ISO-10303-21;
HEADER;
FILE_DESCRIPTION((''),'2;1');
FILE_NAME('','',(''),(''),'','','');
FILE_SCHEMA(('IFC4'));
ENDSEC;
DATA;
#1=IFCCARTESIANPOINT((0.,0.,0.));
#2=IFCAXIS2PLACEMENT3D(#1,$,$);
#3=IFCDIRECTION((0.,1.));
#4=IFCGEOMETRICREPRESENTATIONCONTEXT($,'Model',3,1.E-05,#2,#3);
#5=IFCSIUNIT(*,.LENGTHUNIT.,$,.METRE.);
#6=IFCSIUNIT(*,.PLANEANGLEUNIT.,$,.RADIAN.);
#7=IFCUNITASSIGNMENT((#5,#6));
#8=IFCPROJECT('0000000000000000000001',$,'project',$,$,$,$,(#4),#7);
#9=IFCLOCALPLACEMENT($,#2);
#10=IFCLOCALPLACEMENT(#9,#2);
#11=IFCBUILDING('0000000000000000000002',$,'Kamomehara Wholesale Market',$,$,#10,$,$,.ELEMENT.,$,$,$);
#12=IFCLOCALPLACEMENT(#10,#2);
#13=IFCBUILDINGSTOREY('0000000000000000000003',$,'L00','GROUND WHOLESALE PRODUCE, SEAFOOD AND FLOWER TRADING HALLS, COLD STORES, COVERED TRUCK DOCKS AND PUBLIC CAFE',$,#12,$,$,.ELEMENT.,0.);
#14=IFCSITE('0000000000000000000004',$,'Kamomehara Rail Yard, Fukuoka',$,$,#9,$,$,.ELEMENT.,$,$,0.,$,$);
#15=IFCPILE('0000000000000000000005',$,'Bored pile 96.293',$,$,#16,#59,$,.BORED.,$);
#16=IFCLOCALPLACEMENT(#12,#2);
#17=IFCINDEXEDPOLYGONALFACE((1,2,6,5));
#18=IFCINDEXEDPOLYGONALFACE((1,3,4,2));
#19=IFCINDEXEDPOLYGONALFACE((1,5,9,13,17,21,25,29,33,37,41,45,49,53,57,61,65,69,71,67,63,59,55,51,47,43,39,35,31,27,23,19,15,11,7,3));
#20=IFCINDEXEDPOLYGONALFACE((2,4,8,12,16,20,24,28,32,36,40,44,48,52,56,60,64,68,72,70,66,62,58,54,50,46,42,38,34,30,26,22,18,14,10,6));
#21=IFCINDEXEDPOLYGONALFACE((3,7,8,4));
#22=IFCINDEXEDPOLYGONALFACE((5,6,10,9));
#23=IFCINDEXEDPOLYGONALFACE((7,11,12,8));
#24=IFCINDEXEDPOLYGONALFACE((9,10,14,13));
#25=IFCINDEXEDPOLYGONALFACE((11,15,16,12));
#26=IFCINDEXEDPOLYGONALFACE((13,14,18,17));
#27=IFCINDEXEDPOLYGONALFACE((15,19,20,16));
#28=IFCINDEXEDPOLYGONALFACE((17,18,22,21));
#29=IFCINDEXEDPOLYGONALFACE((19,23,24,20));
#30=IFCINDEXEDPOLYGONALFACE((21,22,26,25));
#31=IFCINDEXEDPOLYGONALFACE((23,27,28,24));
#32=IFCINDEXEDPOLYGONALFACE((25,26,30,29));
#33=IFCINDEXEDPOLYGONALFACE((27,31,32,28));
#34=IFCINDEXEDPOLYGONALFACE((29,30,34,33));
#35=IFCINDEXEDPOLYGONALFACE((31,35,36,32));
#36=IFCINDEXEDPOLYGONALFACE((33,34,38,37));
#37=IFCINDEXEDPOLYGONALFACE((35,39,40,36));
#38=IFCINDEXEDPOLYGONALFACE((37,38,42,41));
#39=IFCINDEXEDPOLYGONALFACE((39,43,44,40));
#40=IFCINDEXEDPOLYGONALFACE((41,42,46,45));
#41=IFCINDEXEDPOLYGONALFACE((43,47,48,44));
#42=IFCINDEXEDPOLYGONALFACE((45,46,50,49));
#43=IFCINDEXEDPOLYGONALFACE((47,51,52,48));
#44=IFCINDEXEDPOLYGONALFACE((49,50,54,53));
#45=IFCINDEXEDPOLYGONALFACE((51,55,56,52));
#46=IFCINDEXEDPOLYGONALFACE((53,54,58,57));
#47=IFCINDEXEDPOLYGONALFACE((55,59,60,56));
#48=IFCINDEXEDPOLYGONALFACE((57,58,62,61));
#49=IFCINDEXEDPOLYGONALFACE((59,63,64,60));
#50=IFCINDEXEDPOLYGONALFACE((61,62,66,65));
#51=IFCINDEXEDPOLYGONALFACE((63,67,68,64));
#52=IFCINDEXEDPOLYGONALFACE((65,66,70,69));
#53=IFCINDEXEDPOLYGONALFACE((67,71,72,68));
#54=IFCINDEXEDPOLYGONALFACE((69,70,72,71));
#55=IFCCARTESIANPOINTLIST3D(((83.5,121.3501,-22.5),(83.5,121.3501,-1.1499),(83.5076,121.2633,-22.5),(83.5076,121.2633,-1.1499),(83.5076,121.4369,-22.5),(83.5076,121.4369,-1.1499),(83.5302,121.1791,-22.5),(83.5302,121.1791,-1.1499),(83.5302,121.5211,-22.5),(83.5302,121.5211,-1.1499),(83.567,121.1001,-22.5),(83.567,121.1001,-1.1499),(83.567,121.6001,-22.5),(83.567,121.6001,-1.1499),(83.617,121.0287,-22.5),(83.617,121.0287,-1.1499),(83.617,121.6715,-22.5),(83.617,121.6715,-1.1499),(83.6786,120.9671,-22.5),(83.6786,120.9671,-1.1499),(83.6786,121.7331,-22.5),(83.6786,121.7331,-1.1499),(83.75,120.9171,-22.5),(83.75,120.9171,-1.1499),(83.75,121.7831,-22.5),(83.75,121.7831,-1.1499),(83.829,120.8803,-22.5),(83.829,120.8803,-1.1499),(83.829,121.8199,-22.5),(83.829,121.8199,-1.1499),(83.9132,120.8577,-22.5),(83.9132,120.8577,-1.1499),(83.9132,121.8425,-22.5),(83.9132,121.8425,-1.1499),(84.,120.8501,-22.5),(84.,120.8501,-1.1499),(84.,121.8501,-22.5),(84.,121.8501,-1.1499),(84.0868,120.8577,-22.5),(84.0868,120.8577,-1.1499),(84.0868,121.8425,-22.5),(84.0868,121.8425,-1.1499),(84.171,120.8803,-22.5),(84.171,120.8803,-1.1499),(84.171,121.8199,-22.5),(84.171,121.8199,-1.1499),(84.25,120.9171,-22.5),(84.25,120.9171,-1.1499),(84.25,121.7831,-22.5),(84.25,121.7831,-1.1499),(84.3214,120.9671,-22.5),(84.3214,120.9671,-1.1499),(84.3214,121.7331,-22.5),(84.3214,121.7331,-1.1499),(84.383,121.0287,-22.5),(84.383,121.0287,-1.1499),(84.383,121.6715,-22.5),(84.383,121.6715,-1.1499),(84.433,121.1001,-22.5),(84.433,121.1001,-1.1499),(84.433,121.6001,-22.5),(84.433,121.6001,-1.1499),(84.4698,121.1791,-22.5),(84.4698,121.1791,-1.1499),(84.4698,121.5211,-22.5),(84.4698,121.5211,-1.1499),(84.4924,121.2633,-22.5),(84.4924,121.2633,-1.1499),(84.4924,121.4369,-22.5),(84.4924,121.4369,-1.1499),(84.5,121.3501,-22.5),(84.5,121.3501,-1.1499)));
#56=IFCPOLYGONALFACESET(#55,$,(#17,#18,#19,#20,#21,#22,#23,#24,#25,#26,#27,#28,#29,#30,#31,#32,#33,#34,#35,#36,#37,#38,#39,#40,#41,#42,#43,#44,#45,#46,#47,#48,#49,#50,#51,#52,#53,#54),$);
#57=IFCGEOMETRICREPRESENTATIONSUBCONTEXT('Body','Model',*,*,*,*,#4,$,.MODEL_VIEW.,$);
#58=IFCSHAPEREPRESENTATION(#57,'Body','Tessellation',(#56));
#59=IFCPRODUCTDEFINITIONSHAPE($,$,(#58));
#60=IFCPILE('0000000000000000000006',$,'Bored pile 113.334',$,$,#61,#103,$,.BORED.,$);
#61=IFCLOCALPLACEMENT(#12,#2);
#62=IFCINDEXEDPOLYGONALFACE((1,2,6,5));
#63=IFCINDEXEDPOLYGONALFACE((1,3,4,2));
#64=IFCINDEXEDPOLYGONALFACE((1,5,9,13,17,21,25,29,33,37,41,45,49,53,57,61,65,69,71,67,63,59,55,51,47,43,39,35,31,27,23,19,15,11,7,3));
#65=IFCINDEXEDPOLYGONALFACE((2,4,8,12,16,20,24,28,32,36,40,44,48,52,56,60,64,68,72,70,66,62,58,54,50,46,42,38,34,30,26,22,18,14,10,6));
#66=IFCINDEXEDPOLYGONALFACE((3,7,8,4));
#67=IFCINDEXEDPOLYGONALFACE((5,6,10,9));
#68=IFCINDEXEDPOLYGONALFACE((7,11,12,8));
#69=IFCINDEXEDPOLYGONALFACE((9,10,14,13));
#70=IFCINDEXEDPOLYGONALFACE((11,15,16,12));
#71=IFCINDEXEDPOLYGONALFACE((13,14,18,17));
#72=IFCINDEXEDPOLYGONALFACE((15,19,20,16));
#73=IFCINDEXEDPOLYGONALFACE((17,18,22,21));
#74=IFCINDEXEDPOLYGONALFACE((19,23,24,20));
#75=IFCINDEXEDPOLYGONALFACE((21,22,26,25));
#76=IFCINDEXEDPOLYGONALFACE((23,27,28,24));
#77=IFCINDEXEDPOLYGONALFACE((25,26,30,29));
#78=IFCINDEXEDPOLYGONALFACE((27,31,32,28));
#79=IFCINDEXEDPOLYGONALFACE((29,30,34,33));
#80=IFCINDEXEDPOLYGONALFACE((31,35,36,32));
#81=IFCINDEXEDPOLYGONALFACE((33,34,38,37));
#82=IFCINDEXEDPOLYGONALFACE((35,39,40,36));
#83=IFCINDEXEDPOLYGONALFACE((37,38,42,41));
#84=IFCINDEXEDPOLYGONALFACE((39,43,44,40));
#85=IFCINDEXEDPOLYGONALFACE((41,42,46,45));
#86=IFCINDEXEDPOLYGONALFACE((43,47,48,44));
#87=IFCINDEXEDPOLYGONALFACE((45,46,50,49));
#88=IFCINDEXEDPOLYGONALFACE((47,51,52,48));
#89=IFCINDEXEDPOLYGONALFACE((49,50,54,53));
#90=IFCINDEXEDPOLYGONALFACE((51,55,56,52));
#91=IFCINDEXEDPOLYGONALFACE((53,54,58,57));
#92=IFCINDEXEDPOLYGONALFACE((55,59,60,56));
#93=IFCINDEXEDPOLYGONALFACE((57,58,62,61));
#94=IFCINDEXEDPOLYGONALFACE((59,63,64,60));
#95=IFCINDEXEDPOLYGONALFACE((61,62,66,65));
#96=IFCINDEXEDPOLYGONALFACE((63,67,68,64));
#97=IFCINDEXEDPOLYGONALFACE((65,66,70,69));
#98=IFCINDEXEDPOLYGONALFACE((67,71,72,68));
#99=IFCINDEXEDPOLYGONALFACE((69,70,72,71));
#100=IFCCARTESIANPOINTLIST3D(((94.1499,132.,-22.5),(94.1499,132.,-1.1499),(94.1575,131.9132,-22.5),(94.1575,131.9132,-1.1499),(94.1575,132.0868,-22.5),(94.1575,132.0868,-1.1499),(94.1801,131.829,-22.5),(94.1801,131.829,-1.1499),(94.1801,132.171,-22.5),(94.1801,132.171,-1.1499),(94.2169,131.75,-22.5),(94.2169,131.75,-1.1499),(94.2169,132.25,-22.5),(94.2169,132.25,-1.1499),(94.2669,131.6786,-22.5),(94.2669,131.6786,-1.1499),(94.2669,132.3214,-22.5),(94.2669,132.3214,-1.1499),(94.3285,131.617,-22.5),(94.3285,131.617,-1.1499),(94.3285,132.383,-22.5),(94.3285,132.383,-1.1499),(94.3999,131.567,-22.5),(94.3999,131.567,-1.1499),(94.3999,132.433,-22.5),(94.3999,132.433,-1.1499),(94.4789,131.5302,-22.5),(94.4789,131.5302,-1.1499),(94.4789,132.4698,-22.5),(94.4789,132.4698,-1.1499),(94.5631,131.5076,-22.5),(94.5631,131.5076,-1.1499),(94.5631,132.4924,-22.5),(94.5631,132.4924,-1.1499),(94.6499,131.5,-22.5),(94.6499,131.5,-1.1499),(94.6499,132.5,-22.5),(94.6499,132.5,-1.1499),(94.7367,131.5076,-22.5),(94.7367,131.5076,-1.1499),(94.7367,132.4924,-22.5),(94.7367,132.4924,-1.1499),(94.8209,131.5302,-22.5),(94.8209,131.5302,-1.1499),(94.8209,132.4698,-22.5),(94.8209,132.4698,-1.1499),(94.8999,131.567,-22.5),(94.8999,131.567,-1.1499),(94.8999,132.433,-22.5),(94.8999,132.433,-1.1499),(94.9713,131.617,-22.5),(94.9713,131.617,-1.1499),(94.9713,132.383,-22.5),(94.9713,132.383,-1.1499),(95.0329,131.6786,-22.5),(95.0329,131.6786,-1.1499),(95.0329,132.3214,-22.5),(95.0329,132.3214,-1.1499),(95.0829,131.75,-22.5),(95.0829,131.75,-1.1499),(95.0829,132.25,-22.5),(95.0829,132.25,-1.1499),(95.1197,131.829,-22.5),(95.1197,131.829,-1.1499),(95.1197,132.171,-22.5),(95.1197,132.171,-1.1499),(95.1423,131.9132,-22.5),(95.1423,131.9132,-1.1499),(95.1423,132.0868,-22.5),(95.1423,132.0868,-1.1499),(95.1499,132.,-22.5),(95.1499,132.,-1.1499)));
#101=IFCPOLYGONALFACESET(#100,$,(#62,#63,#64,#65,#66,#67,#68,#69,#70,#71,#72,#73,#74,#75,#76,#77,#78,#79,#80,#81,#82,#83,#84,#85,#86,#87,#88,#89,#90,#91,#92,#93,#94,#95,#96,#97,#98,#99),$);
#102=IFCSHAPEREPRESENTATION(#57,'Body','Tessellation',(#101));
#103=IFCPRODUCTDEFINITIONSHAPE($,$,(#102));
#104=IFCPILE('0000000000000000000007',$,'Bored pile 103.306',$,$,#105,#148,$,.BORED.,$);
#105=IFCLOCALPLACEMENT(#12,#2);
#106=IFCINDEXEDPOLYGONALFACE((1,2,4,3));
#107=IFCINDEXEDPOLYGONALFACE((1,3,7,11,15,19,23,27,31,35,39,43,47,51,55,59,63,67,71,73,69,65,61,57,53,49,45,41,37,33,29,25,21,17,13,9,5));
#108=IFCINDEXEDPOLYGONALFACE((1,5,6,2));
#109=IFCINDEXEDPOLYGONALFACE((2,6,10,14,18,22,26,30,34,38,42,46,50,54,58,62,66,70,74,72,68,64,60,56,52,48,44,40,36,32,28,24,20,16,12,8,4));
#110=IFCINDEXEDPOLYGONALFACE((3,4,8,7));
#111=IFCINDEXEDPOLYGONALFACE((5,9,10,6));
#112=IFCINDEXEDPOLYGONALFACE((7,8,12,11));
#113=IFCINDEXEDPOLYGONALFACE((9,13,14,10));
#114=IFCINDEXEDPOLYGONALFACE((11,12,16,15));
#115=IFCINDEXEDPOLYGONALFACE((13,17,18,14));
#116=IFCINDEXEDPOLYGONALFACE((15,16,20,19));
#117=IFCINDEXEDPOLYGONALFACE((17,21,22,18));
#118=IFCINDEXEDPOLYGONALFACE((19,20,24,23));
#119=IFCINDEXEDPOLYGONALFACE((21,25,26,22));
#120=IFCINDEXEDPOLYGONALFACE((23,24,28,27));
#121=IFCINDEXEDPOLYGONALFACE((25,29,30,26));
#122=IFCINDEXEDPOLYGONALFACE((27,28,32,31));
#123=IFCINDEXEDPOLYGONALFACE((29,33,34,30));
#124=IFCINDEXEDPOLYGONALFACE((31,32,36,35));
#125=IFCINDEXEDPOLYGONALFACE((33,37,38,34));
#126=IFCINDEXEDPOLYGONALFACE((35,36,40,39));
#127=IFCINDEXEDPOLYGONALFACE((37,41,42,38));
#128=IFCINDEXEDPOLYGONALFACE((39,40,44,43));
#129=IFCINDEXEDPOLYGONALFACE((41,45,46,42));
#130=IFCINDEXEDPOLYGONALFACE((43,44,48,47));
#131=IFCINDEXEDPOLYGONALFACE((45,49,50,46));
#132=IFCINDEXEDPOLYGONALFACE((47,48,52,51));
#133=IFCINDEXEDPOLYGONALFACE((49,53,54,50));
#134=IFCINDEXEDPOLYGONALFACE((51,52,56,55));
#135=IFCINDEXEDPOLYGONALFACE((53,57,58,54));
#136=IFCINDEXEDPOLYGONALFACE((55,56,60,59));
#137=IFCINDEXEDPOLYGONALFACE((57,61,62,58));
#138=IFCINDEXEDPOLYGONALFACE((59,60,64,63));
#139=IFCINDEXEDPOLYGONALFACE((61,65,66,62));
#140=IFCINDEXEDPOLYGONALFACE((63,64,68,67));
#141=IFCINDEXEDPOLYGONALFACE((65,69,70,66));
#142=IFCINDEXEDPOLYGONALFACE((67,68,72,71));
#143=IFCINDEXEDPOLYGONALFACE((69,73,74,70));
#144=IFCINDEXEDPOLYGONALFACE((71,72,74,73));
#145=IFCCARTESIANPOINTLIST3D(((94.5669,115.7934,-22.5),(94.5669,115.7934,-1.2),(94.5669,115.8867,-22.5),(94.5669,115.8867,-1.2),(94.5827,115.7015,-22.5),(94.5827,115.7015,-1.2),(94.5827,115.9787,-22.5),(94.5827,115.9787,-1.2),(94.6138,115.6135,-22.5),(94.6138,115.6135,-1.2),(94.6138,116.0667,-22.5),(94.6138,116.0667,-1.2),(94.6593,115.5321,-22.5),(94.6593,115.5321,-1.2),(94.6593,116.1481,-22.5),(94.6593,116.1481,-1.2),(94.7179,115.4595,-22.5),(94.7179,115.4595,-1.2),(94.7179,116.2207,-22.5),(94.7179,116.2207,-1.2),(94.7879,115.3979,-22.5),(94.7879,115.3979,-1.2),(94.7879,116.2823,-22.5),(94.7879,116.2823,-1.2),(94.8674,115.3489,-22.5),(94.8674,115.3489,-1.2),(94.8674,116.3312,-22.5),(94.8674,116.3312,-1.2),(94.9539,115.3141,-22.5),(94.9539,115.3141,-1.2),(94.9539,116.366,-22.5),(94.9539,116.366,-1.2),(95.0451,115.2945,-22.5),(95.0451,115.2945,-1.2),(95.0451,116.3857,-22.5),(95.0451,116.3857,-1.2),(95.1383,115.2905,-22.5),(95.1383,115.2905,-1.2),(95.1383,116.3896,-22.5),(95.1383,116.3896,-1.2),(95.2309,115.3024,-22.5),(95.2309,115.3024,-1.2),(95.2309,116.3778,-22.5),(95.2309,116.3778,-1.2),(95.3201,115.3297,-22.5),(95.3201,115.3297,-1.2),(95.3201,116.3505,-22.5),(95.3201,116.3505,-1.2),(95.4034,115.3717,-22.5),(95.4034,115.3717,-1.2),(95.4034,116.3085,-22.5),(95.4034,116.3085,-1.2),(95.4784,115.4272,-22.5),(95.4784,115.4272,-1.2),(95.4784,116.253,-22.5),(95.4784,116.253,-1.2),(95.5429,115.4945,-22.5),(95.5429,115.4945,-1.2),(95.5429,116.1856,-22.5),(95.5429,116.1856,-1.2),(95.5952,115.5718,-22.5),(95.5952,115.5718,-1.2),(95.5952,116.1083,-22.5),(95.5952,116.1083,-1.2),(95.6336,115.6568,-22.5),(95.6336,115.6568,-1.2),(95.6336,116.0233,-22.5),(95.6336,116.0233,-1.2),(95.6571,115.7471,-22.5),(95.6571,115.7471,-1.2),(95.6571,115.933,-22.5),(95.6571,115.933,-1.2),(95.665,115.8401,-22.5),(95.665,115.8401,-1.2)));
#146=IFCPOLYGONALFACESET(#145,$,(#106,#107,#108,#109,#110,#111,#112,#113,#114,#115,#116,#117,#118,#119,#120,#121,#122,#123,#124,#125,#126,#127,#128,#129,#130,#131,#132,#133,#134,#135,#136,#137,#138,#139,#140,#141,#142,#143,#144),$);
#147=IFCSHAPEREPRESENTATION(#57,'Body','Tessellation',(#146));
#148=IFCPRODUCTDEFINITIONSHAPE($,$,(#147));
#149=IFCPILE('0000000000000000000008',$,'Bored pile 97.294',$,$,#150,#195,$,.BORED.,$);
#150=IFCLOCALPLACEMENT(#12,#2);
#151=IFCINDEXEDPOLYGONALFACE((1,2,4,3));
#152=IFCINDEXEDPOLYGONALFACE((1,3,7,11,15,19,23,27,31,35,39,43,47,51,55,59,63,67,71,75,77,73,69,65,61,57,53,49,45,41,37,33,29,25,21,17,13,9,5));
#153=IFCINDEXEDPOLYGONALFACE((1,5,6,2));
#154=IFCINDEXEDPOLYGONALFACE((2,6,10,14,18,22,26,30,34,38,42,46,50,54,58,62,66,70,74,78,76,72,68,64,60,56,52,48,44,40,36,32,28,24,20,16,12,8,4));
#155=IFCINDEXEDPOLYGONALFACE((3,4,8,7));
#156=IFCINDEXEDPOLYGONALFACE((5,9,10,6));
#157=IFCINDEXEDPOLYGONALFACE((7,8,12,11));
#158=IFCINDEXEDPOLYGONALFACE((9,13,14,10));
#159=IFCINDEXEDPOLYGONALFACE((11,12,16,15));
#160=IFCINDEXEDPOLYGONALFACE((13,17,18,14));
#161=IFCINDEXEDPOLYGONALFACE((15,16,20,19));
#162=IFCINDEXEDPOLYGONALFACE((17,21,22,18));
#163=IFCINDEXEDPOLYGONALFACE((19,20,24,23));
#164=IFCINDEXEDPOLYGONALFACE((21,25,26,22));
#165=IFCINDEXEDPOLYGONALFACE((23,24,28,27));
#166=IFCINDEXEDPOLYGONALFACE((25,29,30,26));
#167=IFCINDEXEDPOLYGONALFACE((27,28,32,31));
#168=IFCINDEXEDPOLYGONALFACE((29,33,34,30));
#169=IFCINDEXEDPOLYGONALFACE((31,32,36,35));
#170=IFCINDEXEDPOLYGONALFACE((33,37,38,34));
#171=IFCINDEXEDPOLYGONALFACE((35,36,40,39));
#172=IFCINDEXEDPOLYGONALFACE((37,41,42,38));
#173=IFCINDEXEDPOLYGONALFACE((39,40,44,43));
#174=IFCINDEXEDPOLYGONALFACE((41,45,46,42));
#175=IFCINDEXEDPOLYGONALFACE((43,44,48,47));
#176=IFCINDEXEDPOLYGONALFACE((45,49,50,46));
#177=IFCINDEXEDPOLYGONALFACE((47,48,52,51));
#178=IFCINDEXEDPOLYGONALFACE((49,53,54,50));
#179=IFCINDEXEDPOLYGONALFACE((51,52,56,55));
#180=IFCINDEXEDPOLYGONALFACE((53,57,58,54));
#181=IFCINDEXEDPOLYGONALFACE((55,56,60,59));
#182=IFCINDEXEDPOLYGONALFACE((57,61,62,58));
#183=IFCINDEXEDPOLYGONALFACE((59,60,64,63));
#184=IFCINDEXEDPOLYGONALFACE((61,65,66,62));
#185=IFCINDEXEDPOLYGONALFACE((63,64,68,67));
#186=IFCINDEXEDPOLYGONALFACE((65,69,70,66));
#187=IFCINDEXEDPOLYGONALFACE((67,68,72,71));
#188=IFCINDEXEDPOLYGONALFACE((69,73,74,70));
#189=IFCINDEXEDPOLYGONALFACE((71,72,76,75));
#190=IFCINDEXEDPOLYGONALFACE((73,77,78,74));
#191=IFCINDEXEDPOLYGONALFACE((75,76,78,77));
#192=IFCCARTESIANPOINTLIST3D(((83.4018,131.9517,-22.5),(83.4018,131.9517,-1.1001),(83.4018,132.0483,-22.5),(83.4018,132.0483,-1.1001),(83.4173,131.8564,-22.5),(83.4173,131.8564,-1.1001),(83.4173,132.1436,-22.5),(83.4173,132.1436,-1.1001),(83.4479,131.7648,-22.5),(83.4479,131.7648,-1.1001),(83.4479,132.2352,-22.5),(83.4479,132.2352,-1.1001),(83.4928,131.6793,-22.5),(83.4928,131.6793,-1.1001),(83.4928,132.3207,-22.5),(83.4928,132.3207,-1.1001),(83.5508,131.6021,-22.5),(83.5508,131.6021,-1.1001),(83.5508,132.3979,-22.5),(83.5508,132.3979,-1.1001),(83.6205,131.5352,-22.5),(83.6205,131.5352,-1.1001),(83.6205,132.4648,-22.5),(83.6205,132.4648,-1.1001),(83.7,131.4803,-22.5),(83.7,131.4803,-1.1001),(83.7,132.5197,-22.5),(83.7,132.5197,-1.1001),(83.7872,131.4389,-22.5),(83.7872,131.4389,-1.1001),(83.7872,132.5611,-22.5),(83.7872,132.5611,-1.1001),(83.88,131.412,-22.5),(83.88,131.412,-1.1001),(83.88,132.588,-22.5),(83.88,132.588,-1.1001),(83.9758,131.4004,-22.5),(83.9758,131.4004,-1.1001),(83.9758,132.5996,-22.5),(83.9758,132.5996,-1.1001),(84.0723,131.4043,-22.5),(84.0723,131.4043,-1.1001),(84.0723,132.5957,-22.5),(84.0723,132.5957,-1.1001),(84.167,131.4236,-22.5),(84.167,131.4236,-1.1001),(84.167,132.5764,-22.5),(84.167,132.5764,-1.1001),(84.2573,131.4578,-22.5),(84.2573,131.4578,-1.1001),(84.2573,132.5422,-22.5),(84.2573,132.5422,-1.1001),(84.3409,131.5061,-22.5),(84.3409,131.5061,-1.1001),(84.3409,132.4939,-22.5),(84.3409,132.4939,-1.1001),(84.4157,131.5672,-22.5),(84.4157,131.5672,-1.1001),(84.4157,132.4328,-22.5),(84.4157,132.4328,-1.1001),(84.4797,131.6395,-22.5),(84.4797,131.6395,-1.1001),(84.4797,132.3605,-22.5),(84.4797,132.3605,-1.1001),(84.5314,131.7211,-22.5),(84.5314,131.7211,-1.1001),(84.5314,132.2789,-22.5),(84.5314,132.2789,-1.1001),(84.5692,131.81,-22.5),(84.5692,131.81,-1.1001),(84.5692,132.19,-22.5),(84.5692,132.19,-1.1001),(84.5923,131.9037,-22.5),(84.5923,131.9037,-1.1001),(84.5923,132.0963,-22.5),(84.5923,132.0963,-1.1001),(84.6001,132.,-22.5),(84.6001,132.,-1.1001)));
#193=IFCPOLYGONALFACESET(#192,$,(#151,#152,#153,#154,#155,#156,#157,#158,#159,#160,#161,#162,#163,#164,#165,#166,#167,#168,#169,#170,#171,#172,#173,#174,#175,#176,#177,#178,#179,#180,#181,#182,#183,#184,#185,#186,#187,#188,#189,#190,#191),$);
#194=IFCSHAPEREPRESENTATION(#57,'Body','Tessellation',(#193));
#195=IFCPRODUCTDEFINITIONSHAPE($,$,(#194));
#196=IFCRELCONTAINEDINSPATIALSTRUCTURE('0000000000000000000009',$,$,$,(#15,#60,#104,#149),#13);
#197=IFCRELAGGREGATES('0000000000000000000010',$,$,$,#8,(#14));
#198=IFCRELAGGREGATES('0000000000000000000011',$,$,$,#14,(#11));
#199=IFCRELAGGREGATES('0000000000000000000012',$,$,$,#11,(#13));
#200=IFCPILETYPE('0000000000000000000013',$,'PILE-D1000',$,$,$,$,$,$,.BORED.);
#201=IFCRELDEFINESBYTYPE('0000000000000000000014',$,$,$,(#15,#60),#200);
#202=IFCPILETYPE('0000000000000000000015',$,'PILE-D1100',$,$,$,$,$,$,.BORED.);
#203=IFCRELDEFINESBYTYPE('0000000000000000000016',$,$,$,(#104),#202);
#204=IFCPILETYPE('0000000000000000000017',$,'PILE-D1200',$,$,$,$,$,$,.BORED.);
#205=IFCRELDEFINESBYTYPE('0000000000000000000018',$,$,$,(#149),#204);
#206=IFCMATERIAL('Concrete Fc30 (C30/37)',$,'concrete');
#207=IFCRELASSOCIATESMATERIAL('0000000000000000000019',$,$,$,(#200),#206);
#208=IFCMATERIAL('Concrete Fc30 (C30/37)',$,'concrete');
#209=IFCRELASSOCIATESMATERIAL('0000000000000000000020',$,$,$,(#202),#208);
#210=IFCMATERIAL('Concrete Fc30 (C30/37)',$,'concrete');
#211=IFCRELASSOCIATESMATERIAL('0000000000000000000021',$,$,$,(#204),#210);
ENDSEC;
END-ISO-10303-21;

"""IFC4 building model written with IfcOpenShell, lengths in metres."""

from ifc_helpers import new_model, si_unit, direction, frame, origin, origin_2d, place, context, subcontext, project, spatial, circle, extrude, material, material_profile, profile_set, type_object, element, save


model = new_model("IFC4")

# Units and contexts
model_context = context("Model", 3, precision=1e-05, world=origin(), true_north=direction((0.0, 1.0)))
body_context = subcontext(model_context, "Body", "Model", "MODEL_VIEW")
ifc_project = project(units=[si_unit("LENGTHUNIT", "METRE"), si_unit("PLANEANGLEUNIT", "RADIAN")], contexts=[model_context])

# Site, building, storey
site_placement = place(None, origin())
site = spatial("IfcSite", under=ifc_project, at=site_placement, Name="Kamomehara Rail Yard, Fukuoka", CompositionType="ELEMENT", RefElevation=0.0)
building_placement = place(site_placement, origin())
building = spatial("IfcBuilding", under=site, at=building_placement, Name="Kamomehara Wholesale Market", CompositionType="ELEMENT")
storey_placement = place(building_placement, origin())
storey = spatial("IfcBuildingStorey", under=building, at=storey_placement, Name="L00", Description="GROUND WHOLESALE PRODUCE, SEAFOOD AND FLOWER TRADING HALLS, COLD STORES, COVERED TRUCK DOCKS AND PUBLIC CAFE", CompositionType="ELEMENT", Elevation=0.0)

# Piles
ifc_material_1 = material(Name="Concrete Fc30 (C30/37)", Category="concrete")
ifc_material_profile_1 = material_profile(ifc_material_1, circle(Radius=0.5, at=origin_2d()), Name="RC-PILE-D1000")
ifc_profile_set_1 = profile_set([ifc_material_profile_1], Name="Concrete Fc30 (C30/37)")
pile_type_1 = type_object("IfcPileType", Name="PILE-D1000", PredefinedType="BORED", material=ifc_profile_set_1)
for number, where, z_axis, x_axis, name in (
    (1, (84.0, 121.3501, -1.1499), (0.0, 0.0, -1.0), (1.0, 0.0, 0.0), "Bored pile 96.293"),
    (2, (94.6499, 132.0, -1.1499), (0.0, 0.0, -1.0), (1.0, 0.0, 0.0), "Bored pile 113.334"),
):
    element("IfcPile", number, at=place(storey_placement, frame(where, z_axis=z_axis, x_axis=x_axis)), inside=storey, type_object=pile_type_1, Name=name, PredefinedType="BORED", context=body_context, shape_type="SweptSolid", body=[
        extrude(circle(Radius=0.5, at=origin_2d()), origin(), (0.0, 0.0, 1.0), 21.3501),
    ])
ifc_material_2 = material(Name="Concrete Fc30 (C30/37)", Category="concrete")
ifc_material_profile_2 = material_profile(ifc_material_2, circle(Radius=0.55, at=origin_2d()), Name="RC-PILE-D1100")
ifc_profile_set_2 = profile_set([ifc_material_profile_2], Name="Concrete Fc30 (C30/37)")
pile_type_2 = type_object("IfcPileType", Name="PILE-D1100", PredefinedType="BORED", material=ifc_profile_set_2)
pile_placement = place(storey_placement, frame((95.115, 115.8401, -1.2), z_axis=(0.0, 0.0, -1.0), x_axis=(1.0, 0.0, 0.0)))
element("IfcPile", 3, at=pile_placement, inside=storey, type_object=pile_type_2, Name="Bored pile 103.306", PredefinedType="BORED", context=body_context, shape_type="SweptSolid", body=[
    extrude(circle(Radius=0.55, at=origin_2d()), origin(), (0.0, 0.0, 1.0), 21.3),
])
ifc_material_3 = material(Name="Concrete Fc30 (C30/37)", Category="concrete")
ifc_material_profile_3 = material_profile(ifc_material_3, circle(Radius=0.6001, at=origin_2d()), Name="RC-PILE-D1200")
ifc_profile_set_3 = profile_set([ifc_material_profile_3], Name="Concrete Fc30 (C30/37)")
pile_type_3 = type_object("IfcPileType", Name="PILE-D1200", PredefinedType="BORED", material=ifc_profile_set_3)
for number, where, z_axis, x_axis, name in (
    (4, (84.0, 132.0, -1.1001), (0.0, 0.0, -1.0), (1.0, 0.0, 0.0), "Bored pile 97.294"),
):
    element("IfcPile", number, at=place(storey_placement, frame(where, z_axis=z_axis, x_axis=x_axis)), inside=storey, type_object=pile_type_3, Name=name, PredefinedType="BORED", context=body_context, shape_type="SweptSolid", body=[
        extrude(circle(Radius=0.6001, at=origin_2d()), origin(), (0.0, 0.0, 1.0), 21.3999),
    ])

save(model, "model.ifc")
